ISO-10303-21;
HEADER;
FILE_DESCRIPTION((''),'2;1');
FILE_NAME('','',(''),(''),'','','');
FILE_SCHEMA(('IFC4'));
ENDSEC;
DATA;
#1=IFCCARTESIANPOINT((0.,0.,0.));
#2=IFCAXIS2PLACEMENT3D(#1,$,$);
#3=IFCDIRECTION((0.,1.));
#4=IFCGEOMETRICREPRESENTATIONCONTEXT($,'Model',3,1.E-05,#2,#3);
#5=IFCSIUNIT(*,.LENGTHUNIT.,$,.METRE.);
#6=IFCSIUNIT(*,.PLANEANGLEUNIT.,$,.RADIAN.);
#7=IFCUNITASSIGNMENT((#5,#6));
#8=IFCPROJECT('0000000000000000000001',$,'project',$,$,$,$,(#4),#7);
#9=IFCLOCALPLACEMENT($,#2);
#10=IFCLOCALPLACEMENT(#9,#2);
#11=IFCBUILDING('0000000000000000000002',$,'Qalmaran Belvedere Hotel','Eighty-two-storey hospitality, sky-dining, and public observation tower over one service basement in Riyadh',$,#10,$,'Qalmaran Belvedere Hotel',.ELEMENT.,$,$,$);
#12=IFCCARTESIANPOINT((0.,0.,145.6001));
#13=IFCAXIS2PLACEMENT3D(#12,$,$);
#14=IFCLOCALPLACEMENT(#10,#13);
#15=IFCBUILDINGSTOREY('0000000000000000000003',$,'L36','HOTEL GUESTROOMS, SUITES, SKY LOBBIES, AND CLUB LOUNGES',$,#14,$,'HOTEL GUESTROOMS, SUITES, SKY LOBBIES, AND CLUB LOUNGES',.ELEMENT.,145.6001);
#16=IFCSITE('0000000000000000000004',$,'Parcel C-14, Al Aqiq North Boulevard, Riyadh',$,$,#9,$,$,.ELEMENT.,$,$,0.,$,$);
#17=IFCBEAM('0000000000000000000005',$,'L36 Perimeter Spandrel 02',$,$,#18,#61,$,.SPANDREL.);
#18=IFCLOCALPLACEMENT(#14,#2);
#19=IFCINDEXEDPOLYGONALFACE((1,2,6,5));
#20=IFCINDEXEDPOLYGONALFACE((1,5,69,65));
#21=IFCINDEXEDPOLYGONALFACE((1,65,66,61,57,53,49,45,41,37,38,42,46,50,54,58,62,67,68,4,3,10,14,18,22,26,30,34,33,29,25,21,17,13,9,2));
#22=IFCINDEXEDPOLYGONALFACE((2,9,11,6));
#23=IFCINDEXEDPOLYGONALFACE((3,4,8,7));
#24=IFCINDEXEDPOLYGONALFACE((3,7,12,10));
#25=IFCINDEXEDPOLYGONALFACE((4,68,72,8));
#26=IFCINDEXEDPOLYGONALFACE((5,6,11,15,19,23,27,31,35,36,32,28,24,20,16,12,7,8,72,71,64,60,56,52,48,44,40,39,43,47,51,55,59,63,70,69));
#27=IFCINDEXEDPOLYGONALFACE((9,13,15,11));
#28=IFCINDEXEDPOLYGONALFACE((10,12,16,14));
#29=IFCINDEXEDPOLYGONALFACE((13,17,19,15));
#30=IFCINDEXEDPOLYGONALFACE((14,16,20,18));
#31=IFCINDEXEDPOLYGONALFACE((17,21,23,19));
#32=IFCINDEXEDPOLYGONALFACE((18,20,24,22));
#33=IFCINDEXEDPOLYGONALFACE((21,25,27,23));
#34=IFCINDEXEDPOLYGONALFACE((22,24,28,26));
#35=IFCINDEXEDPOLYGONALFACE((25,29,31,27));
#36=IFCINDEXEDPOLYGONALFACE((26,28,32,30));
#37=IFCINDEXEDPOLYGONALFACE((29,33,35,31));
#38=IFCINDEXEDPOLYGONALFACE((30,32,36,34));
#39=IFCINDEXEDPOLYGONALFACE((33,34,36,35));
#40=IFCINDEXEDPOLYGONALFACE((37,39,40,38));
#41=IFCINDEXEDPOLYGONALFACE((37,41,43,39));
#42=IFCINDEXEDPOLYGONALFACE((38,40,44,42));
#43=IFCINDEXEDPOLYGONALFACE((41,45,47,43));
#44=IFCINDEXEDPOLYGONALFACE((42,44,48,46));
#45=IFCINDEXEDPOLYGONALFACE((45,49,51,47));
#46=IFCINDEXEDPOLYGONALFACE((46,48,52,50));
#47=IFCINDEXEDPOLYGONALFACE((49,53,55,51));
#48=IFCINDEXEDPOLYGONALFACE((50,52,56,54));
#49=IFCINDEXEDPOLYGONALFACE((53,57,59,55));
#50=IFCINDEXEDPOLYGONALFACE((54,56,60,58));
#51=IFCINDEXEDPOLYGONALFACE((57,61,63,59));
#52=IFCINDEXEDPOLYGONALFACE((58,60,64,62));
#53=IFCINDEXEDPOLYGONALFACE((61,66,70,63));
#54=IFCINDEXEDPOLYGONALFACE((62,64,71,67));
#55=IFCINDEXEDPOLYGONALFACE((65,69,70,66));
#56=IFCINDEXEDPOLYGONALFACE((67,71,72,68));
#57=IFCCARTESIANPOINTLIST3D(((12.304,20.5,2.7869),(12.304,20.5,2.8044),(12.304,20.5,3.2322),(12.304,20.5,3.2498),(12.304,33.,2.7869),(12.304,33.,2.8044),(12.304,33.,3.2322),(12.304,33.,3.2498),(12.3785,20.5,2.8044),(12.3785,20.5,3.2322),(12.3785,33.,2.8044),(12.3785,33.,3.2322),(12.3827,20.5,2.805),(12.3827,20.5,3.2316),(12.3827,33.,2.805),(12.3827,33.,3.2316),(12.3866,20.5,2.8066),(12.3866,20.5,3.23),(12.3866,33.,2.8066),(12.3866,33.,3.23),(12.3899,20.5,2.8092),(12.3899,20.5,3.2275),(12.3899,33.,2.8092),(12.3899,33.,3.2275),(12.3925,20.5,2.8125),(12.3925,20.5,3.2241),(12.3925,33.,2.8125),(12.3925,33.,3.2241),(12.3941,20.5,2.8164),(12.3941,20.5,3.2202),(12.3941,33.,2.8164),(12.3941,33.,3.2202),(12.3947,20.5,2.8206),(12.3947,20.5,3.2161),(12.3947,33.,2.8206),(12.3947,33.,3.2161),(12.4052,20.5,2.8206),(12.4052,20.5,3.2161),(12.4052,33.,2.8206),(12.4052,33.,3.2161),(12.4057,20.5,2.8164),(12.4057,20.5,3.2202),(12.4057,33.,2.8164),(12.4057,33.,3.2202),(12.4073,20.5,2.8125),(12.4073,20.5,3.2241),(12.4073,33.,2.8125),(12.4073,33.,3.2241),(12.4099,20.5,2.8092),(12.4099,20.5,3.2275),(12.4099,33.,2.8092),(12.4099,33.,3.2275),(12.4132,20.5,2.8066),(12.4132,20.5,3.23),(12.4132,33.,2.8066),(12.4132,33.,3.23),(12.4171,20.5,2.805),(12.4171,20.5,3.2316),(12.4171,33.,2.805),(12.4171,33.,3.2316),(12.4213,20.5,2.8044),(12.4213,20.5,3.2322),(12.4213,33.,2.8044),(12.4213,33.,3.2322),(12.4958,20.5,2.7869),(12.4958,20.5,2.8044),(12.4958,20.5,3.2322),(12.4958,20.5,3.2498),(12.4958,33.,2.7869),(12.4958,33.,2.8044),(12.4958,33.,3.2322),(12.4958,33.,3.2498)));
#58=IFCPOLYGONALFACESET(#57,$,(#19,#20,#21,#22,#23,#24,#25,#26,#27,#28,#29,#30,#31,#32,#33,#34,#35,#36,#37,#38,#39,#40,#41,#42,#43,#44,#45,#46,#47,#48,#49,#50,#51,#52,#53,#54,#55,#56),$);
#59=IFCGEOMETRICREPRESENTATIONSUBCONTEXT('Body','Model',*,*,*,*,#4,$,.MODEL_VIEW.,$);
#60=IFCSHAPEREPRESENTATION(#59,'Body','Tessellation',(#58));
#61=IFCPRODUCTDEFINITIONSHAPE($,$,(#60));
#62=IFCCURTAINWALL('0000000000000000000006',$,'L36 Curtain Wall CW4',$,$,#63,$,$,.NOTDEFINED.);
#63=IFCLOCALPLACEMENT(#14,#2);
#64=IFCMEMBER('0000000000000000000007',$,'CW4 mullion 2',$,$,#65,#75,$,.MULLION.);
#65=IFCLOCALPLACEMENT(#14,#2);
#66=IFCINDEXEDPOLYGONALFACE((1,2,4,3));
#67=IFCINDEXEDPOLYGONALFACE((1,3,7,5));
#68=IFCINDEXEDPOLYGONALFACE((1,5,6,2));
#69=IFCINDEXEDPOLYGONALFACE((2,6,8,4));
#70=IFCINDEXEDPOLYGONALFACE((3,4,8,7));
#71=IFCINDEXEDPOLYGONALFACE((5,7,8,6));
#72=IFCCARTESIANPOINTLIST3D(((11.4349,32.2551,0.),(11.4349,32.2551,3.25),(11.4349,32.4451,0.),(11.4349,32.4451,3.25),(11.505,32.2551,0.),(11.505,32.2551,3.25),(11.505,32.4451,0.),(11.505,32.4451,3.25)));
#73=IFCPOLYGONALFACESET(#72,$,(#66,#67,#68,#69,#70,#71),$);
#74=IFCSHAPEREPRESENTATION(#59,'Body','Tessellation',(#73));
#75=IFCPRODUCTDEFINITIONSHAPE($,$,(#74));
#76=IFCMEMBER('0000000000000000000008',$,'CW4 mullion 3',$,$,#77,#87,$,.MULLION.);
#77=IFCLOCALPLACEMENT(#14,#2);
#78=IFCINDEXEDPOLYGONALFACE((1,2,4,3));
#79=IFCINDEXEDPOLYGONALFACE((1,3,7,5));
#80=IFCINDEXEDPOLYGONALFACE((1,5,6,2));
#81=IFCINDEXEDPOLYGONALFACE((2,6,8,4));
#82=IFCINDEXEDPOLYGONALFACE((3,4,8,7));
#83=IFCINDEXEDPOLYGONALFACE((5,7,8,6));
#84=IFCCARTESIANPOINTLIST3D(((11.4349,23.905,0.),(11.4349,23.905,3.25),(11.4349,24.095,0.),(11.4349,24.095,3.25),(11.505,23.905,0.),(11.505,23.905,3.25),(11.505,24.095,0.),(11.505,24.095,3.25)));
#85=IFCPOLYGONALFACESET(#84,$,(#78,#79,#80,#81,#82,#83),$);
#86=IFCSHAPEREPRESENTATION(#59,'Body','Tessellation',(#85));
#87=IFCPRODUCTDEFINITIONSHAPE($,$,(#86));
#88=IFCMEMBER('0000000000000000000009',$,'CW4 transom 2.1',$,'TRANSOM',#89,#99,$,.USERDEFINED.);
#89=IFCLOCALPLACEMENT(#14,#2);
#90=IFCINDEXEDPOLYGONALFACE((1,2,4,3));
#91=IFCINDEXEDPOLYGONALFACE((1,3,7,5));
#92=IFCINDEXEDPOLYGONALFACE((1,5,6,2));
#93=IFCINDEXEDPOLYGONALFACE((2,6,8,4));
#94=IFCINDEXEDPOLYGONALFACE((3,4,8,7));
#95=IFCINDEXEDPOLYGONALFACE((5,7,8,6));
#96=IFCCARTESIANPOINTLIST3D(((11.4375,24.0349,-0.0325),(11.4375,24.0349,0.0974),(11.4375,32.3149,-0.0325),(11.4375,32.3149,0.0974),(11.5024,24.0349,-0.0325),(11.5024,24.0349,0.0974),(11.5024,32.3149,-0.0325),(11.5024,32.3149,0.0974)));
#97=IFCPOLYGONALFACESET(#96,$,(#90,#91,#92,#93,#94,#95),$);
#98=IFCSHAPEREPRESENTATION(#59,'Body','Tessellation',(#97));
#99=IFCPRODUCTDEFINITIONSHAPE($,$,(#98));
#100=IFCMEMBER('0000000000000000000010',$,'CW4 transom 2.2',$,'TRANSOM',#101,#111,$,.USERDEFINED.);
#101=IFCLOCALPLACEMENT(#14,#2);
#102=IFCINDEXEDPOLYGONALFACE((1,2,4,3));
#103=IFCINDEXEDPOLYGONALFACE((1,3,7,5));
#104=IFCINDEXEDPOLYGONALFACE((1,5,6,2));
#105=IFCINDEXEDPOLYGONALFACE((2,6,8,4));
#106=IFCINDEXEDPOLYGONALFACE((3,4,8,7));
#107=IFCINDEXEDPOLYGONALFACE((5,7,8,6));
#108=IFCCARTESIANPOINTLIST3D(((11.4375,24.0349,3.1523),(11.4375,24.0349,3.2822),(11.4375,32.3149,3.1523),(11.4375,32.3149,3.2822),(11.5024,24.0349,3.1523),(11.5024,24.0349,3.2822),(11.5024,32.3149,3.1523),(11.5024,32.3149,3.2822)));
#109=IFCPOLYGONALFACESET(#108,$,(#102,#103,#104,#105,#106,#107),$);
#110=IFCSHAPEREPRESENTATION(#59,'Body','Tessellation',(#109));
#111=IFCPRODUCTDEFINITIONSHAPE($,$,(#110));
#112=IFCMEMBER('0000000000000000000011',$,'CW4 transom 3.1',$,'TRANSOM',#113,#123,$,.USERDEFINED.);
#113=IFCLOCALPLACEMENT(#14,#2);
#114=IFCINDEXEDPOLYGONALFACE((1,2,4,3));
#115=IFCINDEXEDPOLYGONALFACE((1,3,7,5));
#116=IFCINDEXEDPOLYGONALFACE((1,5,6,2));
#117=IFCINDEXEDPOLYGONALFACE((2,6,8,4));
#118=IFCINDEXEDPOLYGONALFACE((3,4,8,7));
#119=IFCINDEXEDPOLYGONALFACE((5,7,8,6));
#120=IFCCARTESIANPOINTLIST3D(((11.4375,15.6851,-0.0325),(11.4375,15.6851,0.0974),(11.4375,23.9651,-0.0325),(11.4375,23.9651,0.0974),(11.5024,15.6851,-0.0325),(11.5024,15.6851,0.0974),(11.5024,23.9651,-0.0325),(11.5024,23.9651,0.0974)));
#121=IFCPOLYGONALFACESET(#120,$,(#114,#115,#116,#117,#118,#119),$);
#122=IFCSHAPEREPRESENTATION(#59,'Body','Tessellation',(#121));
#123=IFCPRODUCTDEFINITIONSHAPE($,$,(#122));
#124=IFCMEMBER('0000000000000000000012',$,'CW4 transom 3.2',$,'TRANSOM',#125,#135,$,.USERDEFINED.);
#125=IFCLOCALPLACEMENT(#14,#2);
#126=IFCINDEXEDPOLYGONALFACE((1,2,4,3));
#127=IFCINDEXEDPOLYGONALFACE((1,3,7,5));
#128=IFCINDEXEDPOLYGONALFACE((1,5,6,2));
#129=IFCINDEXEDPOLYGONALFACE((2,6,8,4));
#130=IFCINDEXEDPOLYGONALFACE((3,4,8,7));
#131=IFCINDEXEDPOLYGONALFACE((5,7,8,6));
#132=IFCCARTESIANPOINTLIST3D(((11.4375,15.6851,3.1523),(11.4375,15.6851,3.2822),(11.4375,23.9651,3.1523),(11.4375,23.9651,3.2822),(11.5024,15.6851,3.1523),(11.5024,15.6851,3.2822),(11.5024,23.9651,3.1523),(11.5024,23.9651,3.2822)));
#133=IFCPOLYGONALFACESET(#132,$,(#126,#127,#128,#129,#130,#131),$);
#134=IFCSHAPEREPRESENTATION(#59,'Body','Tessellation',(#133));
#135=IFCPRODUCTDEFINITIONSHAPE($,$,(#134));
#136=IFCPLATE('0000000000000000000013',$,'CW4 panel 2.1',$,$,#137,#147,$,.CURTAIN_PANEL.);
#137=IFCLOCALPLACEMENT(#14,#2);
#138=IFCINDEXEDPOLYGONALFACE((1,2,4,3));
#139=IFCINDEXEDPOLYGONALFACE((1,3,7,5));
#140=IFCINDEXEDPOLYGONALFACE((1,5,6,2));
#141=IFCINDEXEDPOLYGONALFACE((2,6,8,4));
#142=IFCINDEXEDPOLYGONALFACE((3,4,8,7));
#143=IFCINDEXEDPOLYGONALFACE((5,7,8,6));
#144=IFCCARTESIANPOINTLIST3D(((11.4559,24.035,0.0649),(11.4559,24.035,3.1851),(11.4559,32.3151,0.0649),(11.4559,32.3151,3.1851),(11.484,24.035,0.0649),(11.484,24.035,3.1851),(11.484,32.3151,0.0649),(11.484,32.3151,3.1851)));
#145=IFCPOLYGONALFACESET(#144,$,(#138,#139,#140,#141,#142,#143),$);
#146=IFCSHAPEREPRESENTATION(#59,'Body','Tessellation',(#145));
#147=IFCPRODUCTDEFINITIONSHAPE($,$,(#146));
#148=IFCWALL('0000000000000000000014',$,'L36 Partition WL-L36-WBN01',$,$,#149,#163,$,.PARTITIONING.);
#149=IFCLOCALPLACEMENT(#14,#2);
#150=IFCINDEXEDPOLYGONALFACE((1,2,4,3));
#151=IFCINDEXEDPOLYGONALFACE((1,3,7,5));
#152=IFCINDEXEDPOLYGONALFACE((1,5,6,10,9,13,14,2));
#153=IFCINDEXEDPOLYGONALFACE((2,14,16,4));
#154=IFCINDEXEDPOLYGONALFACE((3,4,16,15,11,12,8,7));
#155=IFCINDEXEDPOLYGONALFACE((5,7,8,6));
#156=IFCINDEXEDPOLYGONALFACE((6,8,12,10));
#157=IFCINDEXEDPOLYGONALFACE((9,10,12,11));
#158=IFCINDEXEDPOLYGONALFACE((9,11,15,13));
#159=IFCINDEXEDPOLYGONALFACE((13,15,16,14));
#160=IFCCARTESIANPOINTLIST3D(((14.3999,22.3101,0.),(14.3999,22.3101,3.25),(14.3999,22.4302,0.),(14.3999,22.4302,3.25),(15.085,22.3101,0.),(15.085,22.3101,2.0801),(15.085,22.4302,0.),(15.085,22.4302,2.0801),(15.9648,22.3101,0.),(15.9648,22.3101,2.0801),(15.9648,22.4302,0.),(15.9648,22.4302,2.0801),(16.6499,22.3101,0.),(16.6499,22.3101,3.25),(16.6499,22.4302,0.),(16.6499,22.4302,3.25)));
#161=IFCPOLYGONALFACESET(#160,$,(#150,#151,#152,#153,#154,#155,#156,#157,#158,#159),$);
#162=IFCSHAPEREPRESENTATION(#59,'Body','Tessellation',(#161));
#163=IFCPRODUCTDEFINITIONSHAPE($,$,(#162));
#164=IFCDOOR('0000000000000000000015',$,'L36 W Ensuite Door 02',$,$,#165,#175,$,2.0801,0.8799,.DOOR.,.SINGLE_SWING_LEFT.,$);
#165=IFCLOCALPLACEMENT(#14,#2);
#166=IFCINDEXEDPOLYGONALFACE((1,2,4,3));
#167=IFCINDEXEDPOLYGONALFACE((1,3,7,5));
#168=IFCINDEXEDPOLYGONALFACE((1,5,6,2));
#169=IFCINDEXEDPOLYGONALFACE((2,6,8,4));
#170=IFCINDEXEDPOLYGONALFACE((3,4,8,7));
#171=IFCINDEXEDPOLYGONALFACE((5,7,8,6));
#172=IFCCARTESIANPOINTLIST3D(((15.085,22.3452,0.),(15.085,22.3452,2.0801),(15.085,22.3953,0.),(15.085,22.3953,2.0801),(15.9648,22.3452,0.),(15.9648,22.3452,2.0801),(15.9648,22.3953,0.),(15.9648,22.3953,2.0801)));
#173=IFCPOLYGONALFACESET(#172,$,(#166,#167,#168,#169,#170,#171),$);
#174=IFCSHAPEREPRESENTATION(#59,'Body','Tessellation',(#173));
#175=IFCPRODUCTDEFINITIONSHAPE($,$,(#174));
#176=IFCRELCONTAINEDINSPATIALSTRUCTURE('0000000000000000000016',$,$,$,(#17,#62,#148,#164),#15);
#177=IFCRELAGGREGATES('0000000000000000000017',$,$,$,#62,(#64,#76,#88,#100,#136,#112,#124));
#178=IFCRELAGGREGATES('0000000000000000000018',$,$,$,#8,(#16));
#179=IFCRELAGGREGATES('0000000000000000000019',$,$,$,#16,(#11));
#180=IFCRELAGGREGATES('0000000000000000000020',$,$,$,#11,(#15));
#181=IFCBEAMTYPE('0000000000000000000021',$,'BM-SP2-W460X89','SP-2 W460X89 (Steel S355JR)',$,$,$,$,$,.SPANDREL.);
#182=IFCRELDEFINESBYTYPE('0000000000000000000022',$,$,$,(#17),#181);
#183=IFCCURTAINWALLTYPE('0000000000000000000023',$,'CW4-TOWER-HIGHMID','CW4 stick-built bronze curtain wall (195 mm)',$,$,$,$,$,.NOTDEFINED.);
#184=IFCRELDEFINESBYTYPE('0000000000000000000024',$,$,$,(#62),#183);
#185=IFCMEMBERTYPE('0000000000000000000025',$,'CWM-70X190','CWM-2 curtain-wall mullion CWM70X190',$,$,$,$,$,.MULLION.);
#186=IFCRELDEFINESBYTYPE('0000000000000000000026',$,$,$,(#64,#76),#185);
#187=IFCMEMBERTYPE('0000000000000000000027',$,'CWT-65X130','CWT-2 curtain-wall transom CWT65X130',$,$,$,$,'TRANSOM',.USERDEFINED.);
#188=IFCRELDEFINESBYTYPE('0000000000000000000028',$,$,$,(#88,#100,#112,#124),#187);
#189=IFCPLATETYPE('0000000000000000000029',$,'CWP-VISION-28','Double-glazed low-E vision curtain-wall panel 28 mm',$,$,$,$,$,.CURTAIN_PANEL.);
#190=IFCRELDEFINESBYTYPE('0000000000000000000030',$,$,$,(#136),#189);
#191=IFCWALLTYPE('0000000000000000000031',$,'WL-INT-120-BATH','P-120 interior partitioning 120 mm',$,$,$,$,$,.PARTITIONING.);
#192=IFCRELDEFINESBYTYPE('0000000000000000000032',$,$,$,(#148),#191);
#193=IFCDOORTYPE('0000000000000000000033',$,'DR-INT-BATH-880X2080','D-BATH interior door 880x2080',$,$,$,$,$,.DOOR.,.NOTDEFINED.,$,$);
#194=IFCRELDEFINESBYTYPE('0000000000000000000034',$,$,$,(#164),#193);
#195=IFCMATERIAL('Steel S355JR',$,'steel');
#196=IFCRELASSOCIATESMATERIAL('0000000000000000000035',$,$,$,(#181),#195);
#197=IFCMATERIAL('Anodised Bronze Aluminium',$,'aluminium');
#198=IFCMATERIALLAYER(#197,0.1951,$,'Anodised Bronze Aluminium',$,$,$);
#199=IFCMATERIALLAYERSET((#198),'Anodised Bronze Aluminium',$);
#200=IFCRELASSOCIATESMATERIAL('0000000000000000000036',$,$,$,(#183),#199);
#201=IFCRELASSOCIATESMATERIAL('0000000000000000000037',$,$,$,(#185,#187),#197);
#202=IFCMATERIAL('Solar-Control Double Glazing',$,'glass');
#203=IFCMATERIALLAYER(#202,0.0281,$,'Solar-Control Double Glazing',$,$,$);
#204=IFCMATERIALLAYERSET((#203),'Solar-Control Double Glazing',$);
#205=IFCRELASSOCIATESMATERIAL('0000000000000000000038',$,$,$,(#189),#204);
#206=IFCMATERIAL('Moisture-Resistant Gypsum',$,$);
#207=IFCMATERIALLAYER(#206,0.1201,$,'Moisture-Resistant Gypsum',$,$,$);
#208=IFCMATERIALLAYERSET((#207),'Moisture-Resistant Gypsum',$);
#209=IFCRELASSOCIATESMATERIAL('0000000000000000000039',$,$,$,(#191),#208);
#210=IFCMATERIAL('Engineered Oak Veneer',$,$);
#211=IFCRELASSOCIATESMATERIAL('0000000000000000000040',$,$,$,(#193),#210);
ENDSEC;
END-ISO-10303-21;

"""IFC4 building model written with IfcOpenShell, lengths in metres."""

from ifc_helpers import new_model, si_unit, direction, frame, frame_2d, origin, origin_2d, place, context, subcontext, project, spatial, rectangle, i_section, extrude, material, layer, layer_set, material_profile, profile_set, type_object, element, fill, aggregate, save


model = new_model("IFC4")

# Units and contexts
model_context = context("Model", 3, precision=1e-05, world=origin(), true_north=direction((0.0, 1.0)))
body_context = subcontext(model_context, "Body", "Model", "MODEL_VIEW")
ifc_project = project(units=[si_unit("LENGTHUNIT", "METRE"), si_unit("PLANEANGLEUNIT", "RADIAN")], contexts=[model_context])

# Site, building, storey
site_placement = place(None, origin())
site = spatial("IfcSite", under=ifc_project, at=site_placement, Name="Parcel C-14, Al Aqiq North Boulevard, Riyadh", CompositionType="ELEMENT", RefElevation=0.0)
building_placement = place(site_placement, origin())
building = spatial("IfcBuilding", under=site, at=building_placement, Name="Qalmaran Belvedere Hotel", Description="Eighty-two-storey hospitality, sky-dining, and public observation tower over one service basement in Riyadh", LongName="Qalmaran Belvedere Hotel", CompositionType="ELEMENT")
storey_placement = place(building_placement, frame((0.0, 0.0, 145.6001)))
storey = spatial("IfcBuildingStorey", under=building, at=storey_placement, Name="L36", Description="HOTEL GUESTROOMS, SUITES, SKY LOBBIES, AND CLUB LOUNGES", LongName="HOTEL GUESTROOMS, SUITES, SKY LOBBIES, AND CLUB LOUNGES", CompositionType="ELEMENT", Elevation=145.6001)

# Beam
ifc_material_1 = material(Name="Steel S355JR", Category="steel")
ifc_material_profile_1 = material_profile(ifc_material_1, i_section(OverallWidth=0.1919, OverallDepth=0.4629, WebThickness=0.0105, FlangeThickness=0.0176, FilletRadius=0.0161, at=origin_2d()), Name="W460X89")
ifc_profile_set_1 = profile_set([ifc_material_profile_1], Name="Steel S355JR")
beam_type_1 = type_object("IfcBeamType", Name="BM-SP2-W460X89", Description="SP-2 W460X89 (Steel S355JR)", PredefinedType="SPANDREL", material=ifc_profile_set_1)
beam_1_placement = place(storey_placement, frame((12.3999, 20.5, 3.0183), z_axis=(0.0, 1.0, 0.0), x_axis=(-1.0, 0.0, 0.0)))
element("IfcBeam", 1, at=beam_1_placement, inside=storey, type_object=beam_type_1, Name="L36 Perimeter Spandrel 02", PredefinedType="SPANDREL", context=body_context, shape_type="SweptSolid", body=[
    extrude(i_section(OverallWidth=0.1919, OverallDepth=0.4629, WebThickness=0.0105, FlangeThickness=0.0176, FilletRadius=0.0161, at=origin_2d()), origin(), (0.0, 0.0, 1.0), 12.5),
])

# Curtain wall, members, plate
ifc_material_2 = material(Name="Anodised Bronze Aluminium", Category="aluminium")
ifc_layer_1 = layer(ifc_material_2, 0.1951, Name="Anodised Bronze Aluminium")
ifc_layer_set_1 = layer_set([ifc_layer_1], Name="Anodised Bronze Aluminium")
curtain_wall_type = type_object("IfcCurtainWallType", Name="CW4-TOWER-HIGHMID", Description="CW4 stick-built bronze curtain wall (195 mm)", PredefinedType="NOTDEFINED", material=ifc_layer_set_1)
curtain_wall_placement = place(storey_placement, origin())
curtain_wall = element("IfcCurtainWall", 2, at=curtain_wall_placement, inside=storey, type_object=curtain_wall_type, Name="L36 Curtain Wall CW4", PredefinedType="NOTDEFINED")
ifc_material_profile_2 = material_profile(ifc_material_2, rectangle(XDim=0.0701, YDim=0.1899, at=origin_2d()), Name="CWM70X190")
ifc_profile_set_2 = profile_set([ifc_material_profile_2], Name="Anodised Bronze Aluminium")
member_type_1 = type_object("IfcMemberType", Name="CWM-70X190", Description="CWM-2 curtain-wall mullion CWM70X190", PredefinedType="MULLION", material=ifc_profile_set_2)
member_1_placement = place(storey_placement, frame((11.47, 32.3501, 0.0), z_axis=(0.0, 0.0, 1.0), x_axis=(1.0, 0.0, 0.0)))
member_1 = element("IfcMember", 3, at=member_1_placement, type_object=member_type_1, Name="CW4 mullion 2", PredefinedType="MULLION", context=body_context, shape_type="SweptSolid", body=[
    extrude(rectangle(XDim=0.0701, YDim=0.1899, at=origin_2d()), origin(), (0.0, 0.0, 1.0), 3.25),
])
member_2_placement = place(storey_placement, frame((11.47, 24.0, 0.0), z_axis=(0.0, 0.0, 1.0), x_axis=(1.0, 0.0, 0.0)))
member_2 = element("IfcMember", 4, at=member_2_placement, type_object=member_type_1, Name="CW4 mullion 3", PredefinedType="MULLION", context=body_context, shape_type="SweptSolid", body=[
    extrude(rectangle(XDim=0.0701, YDim=0.1899, at=origin_2d()), origin(), (0.0, 0.0, 1.0), 3.25),
])
ifc_material_profile_3 = material_profile(ifc_material_2, rectangle(XDim=0.0649, YDim=0.1299, at=origin_2d()), Name="CWT65X130")
ifc_profile_set_3 = profile_set([ifc_material_profile_3], Name="Anodised Bronze Aluminium")
member_type_2 = type_object("IfcMemberType", Name="CWT-65X130", Description="CWT-2 curtain-wall transom CWT65X130", ElementType="TRANSOM", PredefinedType="USERDEFINED", material=ifc_profile_set_3)
member_3_placement = place(storey_placement, frame((11.47, 32.3149, 0.0325), z_axis=(0.0, -1.0, 0.0), x_axis=(1.0, 0.0, 0.0)))
member_3 = element("IfcMember", 5, at=member_3_placement, type_object=member_type_2, Name="CW4 transom 2.1", ObjectType="TRANSOM", PredefinedType="USERDEFINED", context=body_context, shape_type="SweptSolid", body=[
    extrude(rectangle(XDim=0.0649, YDim=0.1299, at=origin_2d()), origin(), (0.0, 0.0, 1.0), 8.28),
])
member_4_placement = place(storey_placement, frame((11.47, 32.3149, 3.2173), z_axis=(0.0, -1.0, 0.0), x_axis=(1.0, 0.0, 0.0)))
member_4 = element("IfcMember", 6, at=member_4_placement, type_object=member_type_2, Name="CW4 transom 2.2", ObjectType="TRANSOM", PredefinedType="USERDEFINED", context=body_context, shape_type="SweptSolid", body=[
    extrude(rectangle(XDim=0.0649, YDim=0.1299, at=origin_2d()), origin(), (0.0, 0.0, 1.0), 8.28),
])
member_5_placement = place(storey_placement, frame((11.47, 23.9651, 0.0325), z_axis=(0.0, -1.0, 0.0), x_axis=(1.0, 0.0, 0.0)))
member_5 = element("IfcMember", 7, at=member_5_placement, type_object=member_type_2, Name="CW4 transom 3.1", ObjectType="TRANSOM", PredefinedType="USERDEFINED", context=body_context, shape_type="SweptSolid", body=[
    extrude(rectangle(XDim=0.0649, YDim=0.1299, at=origin_2d()), origin(), (0.0, 0.0, 1.0), 8.28),
])
member_6_placement = place(storey_placement, frame((11.47, 23.9651, 3.2173), z_axis=(0.0, -1.0, 0.0), x_axis=(1.0, 0.0, 0.0)))
member_6 = element("IfcMember", 8, at=member_6_placement, type_object=member_type_2, Name="CW4 transom 3.2", ObjectType="TRANSOM", PredefinedType="USERDEFINED", context=body_context, shape_type="SweptSolid", body=[
    extrude(rectangle(XDim=0.0649, YDim=0.1299, at=origin_2d()), origin(), (0.0, 0.0, 1.0), 8.28),
])
ifc_material_3 = material(Name="Solar-Control Double Glazing", Category="glass")
ifc_layer_2 = layer(ifc_material_3, 0.0281, Name="Solar-Control Double Glazing")
ifc_layer_set_2 = layer_set([ifc_layer_2], Name="Solar-Control Double Glazing")
plate_type = type_object("IfcPlateType", Name="CWP-VISION-28", Description="Double-glazed low-E vision curtain-wall panel 28 mm", PredefinedType="CURTAIN_PANEL", material=ifc_layer_set_2)
plate_placement = place(storey_placement, frame((11.47, 28.175, 0.0649), z_axis=(0.0, 0.0, 1.0), x_axis=(0.0, -1.0, 0.0)))
plate = element("IfcPlate", 9, at=plate_placement, type_object=plate_type, Name="CW4 panel 2.1", PredefinedType="CURTAIN_PANEL", context=body_context, shape_type="SweptSolid", body=[
    extrude(rectangle(XDim=8.28, YDim=0.0281, at=origin_2d()), origin(), (0.0, 0.0, 1.0), 3.1201),
])
aggregate(curtain_wall, [member_1, member_2, member_3, member_4, plate, member_5, member_6])

# Wall, opening, door
ifc_material_4 = material(Name="Moisture-Resistant Gypsum")
ifc_layer_3 = layer(ifc_material_4, 0.1201, Name="Moisture-Resistant Gypsum")
ifc_layer_set_3 = layer_set([ifc_layer_3], Name="Moisture-Resistant Gypsum")
wall_type_1 = type_object("IfcWallType", Name="WL-INT-120-BATH", Description="P-120 interior partitioning 120 mm", PredefinedType="PARTITIONING", material=ifc_layer_set_3)
wall_1_placement = place(storey_placement, frame((14.3999, 22.3701, 0.0), z_axis=(0.0, 0.0, 1.0), x_axis=(1.0, 0.0, 0.0)))
wall_1 = element("IfcWall", 10, at=wall_1_placement, inside=storey, type_object=wall_type_1, Name="L36 Partition WL-L36-WBN01", PredefinedType="PARTITIONING", context=body_context, shape_type="SweptSolid", body=[
    extrude(rectangle(XDim=2.25, YDim=0.1201, at=frame_2d((1.125, 0.0))), origin(), (0.0, 0.0, 1.0), 3.25),
])
opening_1_placement = place(wall_1_placement, frame((1.5649, 0.0, 0.0), z_axis=(0.0, 0.0, 1.0), x_axis=(-1.0, 0.0, 0.0)))
opening_1 = element("IfcOpeningElement", 11, at=opening_1_placement, cuts=wall_1, PredefinedType="OPENING", context=body_context, shape_type="SweptSolid", body=[
    extrude(rectangle(XDim=0.8799, YDim=2.0801, at=frame_2d((0.4399, 1.04))), frame((0.0, 0.0701, 0.0), z_axis=(0.0, -1.0, 0.0), x_axis=(1.0, 0.0, 0.0)), (0.0, 0.0, 1.0), 0.1401),
])
ifc_material_5 = material(Name="Engineered Oak Veneer")
door_type_1 = type_object("IfcDoorType", Name="DR-INT-BATH-880X2080", Description="D-BATH interior door 880x2080", OperationType="NOTDEFINED", PredefinedType="DOOR", material=ifc_material_5)
door_1_placement = place(opening_1_placement, origin())
door_1 = element("IfcDoor", 12, at=door_1_placement, inside=storey, type_object=door_type_1, Name="L36 W Ensuite Door 02", OperationType="SINGLE_SWING_LEFT", OverallHeight=2.0801, OverallWidth=0.8799, PredefinedType="DOOR", context=body_context, shape_type="SweptSolid", body=[
    extrude(rectangle(XDim=0.8799, YDim=2.0801, at=frame_2d((0.4399, 1.04))), frame((0.0, 0.0249, 0.0), z_axis=(0.0, -1.0, 0.0), x_axis=(1.0, 0.0, 0.0)), (0.0, 0.0, 1.0), 0.05),
])
fill(opening_1, door_1)

save(model, "model.ifc")
